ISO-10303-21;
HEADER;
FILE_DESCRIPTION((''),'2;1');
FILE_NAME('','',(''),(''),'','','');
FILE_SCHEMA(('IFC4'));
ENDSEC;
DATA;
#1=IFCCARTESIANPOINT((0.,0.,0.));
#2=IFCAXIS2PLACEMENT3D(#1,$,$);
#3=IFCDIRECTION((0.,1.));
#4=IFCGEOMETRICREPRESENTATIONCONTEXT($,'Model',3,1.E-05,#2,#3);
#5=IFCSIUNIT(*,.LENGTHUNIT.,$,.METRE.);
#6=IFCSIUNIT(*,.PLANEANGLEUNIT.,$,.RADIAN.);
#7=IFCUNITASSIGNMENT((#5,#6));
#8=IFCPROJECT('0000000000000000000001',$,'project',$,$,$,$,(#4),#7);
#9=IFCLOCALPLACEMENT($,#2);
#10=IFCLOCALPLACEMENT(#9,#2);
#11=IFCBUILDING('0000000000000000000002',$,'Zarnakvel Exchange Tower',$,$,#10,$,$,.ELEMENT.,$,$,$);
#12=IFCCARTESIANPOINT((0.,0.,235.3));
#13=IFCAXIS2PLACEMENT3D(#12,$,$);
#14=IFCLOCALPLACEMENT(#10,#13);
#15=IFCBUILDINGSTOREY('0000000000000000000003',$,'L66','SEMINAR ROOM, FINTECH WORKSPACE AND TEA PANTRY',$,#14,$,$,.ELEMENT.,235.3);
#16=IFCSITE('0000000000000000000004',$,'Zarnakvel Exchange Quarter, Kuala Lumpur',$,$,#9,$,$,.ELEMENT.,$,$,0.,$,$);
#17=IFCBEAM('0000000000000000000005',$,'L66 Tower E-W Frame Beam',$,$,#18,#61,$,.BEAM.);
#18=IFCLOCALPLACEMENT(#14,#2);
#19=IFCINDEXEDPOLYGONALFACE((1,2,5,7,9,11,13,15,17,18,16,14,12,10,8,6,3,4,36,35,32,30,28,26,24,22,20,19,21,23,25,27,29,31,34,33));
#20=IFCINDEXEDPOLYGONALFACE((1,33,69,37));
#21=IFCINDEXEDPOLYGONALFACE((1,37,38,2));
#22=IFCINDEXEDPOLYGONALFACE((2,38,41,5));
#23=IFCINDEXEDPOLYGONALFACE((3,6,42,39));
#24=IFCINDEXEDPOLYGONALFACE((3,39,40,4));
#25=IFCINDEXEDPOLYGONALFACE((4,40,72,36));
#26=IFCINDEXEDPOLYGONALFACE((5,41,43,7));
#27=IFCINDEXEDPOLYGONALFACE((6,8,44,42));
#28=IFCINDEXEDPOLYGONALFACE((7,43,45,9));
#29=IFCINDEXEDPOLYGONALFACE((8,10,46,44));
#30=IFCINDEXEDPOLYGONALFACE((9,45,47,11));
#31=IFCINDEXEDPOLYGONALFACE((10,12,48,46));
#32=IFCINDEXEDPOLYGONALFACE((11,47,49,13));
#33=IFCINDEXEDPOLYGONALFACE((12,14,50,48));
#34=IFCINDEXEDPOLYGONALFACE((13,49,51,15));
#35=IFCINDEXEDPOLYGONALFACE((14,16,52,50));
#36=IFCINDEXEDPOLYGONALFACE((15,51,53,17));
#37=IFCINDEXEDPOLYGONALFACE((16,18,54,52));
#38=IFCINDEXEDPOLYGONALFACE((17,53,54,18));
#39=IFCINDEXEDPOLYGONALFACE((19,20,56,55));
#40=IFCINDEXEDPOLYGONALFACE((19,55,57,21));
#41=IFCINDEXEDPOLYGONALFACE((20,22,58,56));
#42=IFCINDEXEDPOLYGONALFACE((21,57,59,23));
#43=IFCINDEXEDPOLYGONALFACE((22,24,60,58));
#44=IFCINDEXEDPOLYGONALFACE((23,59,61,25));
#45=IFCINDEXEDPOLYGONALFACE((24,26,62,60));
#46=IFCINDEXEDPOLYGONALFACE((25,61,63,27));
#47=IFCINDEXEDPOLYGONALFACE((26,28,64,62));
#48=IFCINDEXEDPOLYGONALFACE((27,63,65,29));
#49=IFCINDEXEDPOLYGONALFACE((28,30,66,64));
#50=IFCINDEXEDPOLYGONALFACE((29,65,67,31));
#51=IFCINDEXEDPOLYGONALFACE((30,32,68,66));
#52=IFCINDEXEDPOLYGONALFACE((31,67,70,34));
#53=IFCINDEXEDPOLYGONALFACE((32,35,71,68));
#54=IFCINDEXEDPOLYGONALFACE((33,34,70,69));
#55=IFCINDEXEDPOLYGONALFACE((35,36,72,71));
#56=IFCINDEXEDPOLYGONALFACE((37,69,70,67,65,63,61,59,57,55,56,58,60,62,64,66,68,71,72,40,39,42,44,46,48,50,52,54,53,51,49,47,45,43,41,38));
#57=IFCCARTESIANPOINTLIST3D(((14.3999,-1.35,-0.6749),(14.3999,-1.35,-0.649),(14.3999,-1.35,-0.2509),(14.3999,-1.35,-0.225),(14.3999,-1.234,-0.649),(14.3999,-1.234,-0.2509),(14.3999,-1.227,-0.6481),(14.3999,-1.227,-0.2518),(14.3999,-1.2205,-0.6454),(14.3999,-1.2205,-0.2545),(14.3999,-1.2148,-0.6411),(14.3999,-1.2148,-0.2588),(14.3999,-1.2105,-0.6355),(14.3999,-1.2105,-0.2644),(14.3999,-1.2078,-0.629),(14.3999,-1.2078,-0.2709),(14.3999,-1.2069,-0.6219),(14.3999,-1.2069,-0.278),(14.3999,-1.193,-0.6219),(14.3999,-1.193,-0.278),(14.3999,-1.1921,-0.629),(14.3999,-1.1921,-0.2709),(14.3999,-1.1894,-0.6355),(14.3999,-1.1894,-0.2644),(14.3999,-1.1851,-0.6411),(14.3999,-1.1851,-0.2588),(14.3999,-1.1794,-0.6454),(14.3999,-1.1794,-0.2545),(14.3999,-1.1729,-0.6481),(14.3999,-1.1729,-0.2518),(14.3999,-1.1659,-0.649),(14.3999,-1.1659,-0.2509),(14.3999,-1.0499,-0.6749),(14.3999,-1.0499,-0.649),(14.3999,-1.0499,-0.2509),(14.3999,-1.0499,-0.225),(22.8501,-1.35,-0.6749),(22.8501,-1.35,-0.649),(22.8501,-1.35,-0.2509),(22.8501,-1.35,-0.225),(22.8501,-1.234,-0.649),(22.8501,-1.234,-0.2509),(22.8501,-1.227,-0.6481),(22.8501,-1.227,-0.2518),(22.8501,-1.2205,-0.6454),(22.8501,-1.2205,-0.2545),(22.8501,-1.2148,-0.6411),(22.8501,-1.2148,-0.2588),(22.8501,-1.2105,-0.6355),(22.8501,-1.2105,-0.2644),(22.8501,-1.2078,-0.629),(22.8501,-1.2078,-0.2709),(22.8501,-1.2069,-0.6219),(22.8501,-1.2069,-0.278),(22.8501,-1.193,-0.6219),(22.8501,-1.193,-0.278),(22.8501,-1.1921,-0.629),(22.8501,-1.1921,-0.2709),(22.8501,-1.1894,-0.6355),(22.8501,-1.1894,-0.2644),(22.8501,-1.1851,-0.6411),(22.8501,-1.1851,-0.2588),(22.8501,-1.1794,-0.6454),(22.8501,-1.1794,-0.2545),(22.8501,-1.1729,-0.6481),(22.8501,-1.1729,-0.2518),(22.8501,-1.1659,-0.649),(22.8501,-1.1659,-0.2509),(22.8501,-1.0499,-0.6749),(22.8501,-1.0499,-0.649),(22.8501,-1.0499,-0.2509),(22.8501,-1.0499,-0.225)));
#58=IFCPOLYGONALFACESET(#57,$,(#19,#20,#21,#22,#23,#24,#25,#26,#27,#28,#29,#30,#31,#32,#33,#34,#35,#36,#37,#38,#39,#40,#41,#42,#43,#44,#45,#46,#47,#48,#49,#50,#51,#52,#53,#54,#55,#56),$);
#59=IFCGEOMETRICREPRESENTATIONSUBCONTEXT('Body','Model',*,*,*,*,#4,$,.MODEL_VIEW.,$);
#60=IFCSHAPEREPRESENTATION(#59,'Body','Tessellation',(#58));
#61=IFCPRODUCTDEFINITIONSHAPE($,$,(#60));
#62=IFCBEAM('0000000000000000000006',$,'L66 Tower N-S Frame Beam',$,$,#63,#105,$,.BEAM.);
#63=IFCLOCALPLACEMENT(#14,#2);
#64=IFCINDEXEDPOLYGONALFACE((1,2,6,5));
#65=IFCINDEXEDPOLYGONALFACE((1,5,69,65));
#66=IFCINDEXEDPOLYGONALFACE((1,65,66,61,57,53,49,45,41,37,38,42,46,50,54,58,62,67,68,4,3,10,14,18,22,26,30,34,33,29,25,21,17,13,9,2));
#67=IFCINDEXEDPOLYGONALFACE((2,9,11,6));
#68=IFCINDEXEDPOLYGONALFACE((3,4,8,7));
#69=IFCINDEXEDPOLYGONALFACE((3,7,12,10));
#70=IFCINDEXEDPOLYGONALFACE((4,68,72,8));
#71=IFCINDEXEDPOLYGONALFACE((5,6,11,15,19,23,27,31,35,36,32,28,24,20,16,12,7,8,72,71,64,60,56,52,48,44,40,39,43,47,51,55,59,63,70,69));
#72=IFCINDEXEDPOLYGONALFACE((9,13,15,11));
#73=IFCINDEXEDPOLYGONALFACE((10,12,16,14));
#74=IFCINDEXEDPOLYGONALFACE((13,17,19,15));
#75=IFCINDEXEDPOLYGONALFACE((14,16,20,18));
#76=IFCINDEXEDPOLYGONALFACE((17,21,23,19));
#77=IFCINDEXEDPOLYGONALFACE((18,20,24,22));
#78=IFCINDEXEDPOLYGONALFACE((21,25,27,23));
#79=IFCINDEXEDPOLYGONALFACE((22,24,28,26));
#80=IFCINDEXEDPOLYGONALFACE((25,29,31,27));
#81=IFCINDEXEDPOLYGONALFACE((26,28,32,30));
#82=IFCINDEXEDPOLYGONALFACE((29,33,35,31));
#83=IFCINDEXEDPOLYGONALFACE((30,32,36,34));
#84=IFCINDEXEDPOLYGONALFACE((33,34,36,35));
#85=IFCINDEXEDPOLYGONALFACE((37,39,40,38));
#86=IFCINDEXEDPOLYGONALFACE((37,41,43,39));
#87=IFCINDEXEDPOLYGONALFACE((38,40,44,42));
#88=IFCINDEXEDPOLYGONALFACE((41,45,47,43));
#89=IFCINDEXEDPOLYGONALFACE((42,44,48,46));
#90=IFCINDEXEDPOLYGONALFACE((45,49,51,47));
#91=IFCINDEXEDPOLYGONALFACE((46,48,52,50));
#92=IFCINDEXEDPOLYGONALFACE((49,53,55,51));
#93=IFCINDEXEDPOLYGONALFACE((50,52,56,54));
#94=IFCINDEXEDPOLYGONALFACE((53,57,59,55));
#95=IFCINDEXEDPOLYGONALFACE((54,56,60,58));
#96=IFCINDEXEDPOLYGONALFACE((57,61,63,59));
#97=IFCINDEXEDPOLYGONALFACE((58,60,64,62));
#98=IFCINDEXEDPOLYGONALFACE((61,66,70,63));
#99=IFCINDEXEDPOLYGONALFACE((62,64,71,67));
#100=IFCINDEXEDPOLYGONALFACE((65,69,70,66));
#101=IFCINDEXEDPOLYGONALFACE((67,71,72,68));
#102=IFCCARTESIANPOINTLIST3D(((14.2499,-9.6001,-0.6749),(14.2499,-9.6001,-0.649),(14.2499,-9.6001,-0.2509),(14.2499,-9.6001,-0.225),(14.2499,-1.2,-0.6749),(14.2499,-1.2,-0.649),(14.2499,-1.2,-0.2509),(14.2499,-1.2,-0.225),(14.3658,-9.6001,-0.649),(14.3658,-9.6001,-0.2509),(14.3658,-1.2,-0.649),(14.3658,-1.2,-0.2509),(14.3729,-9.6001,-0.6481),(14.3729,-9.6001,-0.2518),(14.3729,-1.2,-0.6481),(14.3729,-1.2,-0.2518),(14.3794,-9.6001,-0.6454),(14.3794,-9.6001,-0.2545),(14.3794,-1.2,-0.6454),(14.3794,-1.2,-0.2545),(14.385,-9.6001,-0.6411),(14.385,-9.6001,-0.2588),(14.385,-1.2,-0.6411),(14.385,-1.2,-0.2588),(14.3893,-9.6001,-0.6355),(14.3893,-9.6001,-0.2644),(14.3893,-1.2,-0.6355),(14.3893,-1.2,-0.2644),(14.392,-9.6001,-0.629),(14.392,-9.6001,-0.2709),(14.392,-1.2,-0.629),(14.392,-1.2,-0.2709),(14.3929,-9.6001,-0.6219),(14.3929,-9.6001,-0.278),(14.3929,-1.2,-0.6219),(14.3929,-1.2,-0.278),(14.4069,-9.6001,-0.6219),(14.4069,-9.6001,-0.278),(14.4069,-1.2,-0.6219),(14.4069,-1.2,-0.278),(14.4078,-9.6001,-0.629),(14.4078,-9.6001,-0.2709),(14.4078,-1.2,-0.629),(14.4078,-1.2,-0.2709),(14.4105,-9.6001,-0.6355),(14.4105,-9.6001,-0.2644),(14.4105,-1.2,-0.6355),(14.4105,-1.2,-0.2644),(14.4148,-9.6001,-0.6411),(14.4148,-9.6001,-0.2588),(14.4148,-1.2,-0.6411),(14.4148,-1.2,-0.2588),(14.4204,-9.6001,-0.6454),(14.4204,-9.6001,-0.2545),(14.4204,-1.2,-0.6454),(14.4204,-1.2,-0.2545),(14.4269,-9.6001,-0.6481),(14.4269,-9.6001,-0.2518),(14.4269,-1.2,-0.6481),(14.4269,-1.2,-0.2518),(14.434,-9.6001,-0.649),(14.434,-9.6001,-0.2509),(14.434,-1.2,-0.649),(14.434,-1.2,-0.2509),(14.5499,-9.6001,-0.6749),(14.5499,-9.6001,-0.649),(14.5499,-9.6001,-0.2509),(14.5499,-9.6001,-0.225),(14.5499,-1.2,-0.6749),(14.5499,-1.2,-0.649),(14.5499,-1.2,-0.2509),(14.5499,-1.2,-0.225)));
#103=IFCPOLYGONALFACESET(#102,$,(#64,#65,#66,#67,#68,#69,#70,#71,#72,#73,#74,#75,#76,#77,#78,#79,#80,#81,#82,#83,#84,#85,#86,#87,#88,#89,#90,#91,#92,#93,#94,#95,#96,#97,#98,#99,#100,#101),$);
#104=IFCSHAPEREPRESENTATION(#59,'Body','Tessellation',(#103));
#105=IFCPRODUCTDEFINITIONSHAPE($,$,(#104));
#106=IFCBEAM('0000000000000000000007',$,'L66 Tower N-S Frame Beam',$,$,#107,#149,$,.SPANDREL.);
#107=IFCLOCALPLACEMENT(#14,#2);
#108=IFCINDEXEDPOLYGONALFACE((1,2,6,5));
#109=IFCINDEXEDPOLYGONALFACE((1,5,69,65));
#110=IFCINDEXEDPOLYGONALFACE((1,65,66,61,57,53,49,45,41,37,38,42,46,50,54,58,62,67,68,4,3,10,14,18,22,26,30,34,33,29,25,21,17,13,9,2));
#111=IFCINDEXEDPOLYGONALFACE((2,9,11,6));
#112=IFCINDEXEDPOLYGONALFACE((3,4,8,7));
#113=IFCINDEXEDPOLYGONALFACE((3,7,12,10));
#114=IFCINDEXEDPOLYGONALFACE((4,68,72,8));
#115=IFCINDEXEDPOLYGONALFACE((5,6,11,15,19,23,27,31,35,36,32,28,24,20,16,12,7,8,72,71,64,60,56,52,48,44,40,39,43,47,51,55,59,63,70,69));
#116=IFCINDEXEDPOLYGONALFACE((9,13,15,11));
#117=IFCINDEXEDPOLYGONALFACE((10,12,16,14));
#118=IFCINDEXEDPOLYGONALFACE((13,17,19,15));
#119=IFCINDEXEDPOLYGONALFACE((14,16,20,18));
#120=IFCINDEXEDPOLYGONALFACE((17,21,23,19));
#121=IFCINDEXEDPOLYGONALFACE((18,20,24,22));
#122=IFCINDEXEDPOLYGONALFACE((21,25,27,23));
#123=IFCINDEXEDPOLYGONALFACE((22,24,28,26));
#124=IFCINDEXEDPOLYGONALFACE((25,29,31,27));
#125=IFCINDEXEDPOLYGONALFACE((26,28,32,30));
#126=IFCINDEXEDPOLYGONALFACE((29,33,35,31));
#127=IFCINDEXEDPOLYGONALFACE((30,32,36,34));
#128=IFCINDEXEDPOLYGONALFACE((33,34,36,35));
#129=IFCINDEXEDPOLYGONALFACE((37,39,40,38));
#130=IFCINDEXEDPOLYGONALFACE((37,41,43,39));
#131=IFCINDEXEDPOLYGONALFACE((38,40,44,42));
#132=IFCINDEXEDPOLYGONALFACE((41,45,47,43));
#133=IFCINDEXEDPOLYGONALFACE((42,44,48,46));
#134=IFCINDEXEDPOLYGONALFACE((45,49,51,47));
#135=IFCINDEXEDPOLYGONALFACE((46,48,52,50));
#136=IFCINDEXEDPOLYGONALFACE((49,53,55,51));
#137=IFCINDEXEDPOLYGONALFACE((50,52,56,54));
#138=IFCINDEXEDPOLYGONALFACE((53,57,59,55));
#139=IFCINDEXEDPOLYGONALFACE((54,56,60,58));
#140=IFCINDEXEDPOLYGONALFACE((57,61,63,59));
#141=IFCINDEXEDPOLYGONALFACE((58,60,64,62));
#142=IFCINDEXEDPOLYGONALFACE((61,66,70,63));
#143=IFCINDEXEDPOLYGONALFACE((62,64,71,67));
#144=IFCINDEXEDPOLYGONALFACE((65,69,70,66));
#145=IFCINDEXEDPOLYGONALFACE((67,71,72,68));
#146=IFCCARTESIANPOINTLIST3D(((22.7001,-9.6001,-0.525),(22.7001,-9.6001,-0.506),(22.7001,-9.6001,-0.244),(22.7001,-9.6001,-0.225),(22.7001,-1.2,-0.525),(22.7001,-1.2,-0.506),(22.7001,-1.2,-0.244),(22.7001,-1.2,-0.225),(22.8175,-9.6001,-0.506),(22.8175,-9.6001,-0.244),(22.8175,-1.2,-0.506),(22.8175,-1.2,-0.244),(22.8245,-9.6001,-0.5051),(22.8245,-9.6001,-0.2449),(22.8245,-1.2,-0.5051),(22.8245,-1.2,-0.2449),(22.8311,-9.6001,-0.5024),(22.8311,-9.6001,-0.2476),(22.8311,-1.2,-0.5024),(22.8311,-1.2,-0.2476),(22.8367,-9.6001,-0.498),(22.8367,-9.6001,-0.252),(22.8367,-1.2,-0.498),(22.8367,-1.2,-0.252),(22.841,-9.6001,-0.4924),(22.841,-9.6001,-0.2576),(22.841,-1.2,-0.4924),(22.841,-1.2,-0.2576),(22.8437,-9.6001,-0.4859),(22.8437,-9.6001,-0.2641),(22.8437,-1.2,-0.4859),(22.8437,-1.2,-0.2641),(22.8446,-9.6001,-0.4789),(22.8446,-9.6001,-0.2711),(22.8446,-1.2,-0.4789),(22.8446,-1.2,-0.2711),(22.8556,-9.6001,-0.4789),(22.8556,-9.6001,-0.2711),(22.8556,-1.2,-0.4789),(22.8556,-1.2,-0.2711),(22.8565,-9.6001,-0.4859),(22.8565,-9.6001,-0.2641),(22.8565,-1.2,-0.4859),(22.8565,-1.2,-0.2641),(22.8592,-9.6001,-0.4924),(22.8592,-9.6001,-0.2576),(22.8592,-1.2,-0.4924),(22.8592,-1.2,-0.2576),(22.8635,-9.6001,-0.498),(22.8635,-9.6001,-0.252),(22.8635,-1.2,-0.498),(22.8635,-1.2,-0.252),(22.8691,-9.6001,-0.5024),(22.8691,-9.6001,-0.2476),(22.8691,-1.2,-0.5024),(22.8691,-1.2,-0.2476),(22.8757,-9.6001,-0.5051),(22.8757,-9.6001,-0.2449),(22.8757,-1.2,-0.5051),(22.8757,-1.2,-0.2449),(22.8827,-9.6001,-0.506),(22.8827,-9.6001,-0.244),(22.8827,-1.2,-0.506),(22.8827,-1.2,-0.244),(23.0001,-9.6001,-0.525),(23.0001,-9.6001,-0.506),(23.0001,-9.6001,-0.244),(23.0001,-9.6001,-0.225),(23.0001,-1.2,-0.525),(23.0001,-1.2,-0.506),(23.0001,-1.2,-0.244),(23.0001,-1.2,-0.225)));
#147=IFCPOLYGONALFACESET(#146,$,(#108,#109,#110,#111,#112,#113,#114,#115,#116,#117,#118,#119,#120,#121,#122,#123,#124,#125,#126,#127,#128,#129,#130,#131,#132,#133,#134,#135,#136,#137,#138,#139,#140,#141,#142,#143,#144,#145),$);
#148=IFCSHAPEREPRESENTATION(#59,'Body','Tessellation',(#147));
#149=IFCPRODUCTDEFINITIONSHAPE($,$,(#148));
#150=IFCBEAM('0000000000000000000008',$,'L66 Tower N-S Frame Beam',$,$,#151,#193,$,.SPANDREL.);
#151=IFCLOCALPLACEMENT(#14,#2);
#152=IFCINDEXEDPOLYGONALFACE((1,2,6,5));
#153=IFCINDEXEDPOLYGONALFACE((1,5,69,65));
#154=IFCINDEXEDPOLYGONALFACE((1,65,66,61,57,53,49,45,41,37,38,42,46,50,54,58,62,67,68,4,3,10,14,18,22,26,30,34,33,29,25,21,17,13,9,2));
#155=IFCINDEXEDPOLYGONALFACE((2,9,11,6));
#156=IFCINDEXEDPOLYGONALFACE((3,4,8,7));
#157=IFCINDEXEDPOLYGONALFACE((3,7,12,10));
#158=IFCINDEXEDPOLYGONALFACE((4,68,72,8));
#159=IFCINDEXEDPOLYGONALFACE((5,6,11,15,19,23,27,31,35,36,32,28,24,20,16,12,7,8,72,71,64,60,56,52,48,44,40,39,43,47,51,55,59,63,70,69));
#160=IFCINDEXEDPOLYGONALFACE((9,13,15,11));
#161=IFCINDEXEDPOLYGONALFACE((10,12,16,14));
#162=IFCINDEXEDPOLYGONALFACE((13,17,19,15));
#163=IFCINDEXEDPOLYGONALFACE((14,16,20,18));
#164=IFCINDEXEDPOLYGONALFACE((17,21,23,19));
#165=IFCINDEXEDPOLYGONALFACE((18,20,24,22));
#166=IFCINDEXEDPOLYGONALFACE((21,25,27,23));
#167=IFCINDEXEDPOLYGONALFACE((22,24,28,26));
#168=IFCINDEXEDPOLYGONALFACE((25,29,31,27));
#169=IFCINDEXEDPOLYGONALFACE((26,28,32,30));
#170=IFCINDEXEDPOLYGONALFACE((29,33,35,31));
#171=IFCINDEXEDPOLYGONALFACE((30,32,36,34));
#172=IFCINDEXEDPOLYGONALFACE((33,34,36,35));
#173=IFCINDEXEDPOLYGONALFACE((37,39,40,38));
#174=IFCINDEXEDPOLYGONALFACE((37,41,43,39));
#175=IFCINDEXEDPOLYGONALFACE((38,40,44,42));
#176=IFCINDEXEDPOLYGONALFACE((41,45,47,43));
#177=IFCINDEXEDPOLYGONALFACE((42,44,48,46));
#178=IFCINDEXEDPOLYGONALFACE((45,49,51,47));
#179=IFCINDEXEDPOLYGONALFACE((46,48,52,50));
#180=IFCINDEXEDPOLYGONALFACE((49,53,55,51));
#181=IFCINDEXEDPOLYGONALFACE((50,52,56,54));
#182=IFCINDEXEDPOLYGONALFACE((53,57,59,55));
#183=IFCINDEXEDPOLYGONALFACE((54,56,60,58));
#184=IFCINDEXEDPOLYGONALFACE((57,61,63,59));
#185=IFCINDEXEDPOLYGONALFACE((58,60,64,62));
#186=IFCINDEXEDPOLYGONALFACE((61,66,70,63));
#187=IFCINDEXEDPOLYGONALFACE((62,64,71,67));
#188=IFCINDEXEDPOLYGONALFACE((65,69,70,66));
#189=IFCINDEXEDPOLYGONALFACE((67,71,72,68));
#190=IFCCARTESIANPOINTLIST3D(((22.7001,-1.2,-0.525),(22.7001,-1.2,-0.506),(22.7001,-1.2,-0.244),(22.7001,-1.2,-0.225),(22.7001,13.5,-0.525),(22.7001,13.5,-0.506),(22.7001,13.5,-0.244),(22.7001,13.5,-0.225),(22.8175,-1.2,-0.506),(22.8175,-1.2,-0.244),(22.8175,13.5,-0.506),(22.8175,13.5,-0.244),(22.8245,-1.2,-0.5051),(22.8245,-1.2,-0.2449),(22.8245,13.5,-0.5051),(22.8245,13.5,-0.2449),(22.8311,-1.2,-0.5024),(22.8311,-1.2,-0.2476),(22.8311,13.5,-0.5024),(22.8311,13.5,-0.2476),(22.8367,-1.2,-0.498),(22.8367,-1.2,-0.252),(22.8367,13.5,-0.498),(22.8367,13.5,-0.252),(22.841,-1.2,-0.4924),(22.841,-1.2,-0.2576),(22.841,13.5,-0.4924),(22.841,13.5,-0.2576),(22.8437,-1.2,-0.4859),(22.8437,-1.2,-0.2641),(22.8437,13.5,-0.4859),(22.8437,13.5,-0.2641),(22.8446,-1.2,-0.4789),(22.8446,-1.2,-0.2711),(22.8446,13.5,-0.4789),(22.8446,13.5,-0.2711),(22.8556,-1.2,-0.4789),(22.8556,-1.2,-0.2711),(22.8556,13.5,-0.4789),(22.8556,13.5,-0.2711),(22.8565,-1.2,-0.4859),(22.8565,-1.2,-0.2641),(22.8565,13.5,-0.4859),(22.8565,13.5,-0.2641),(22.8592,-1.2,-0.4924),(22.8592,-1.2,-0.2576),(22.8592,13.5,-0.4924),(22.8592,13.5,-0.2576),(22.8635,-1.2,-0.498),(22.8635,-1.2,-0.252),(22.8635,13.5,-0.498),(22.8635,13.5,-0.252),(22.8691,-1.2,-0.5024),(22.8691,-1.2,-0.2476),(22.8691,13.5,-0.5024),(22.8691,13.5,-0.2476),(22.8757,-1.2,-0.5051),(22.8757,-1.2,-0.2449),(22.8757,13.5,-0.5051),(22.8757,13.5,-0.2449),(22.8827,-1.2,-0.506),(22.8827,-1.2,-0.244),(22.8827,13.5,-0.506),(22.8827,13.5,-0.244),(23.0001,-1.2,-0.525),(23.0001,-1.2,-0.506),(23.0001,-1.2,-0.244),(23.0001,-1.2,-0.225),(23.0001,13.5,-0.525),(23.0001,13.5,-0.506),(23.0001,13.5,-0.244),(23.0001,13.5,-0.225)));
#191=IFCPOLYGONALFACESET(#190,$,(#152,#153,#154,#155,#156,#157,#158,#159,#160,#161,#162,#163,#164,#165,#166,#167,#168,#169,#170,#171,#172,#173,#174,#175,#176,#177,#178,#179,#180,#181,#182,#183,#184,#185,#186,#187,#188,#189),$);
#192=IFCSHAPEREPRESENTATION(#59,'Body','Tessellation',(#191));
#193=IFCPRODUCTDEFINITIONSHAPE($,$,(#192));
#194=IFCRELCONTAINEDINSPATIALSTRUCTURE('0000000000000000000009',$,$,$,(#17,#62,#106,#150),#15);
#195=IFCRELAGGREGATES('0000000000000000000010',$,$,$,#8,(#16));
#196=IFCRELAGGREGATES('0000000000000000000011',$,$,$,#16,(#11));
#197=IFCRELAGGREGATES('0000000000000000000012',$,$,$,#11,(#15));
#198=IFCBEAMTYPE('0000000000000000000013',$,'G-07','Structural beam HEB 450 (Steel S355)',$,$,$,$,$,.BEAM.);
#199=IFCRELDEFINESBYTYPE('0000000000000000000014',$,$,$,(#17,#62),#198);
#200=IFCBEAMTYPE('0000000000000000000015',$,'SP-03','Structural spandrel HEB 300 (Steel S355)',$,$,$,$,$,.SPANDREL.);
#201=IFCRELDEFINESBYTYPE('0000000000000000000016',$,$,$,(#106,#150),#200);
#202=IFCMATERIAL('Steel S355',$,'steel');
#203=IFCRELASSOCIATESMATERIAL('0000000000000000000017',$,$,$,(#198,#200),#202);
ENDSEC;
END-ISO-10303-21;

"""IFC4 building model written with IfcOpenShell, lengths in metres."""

from ifc_helpers import new_model, si_unit, direction, frame, origin, origin_2d, place, context, subcontext, project, spatial, i_section, extrude, material, material_profile, profile_set, type_object, element, save


model = new_model("IFC4")

# Units and contexts
model_context = context("Model", 3, precision=1e-05, world=origin(), true_north=direction((0.0, 1.0)))
body_context = subcontext(model_context, "Body", "Model", "MODEL_VIEW")
ifc_project = project(units=[si_unit("LENGTHUNIT", "METRE"), si_unit("PLANEANGLEUNIT", "RADIAN")], contexts=[model_context])

# Site, building, storey
site_placement = place(None, origin())
site = spatial("IfcSite", under=ifc_project, at=site_placement, Name="Zarnakvel Exchange Quarter, Kuala Lumpur", CompositionType="ELEMENT", RefElevation=0.0)
building_placement = place(site_placement, origin())
building = spatial("IfcBuilding", under=site, at=building_placement, Name="Zarnakvel Exchange Tower", CompositionType="ELEMENT")
storey_placement = place(building_placement, frame((0.0, 0.0, 235.3)))
storey = spatial("IfcBuildingStorey", under=building, at=storey_placement, Name="L66", Description="SEMINAR ROOM, FINTECH WORKSPACE AND TEA PANTRY", CompositionType="ELEMENT", Elevation=235.3)

# Shared definitions
ifc_material_1 = material(Name="Steel S355", Category="steel")

# Beams
ifc_material_profile_1 = material_profile(ifc_material_1, i_section(OverallWidth=0.3, OverallDepth=0.45, WebThickness=0.0139, FlangeThickness=0.0259, FilletRadius=0.0271, at=origin_2d()))
ifc_profile_set_1 = profile_set([ifc_material_profile_1], Name="Steel S355")
beam_type_1 = type_object("IfcBeamType", Name="G-07", Description="Structural beam HEB 450 (Steel S355)", PredefinedType="BEAM", material=ifc_profile_set_1)
beam_1_placement = place(storey_placement, frame((14.3999, -1.2, -0.45), z_axis=(1.0, 0.0, 0.0), x_axis=(0.0, 1.0, 0.0)))
element("IfcBeam", 1, at=beam_1_placement, inside=storey, type_object=beam_type_1, Name="L66 Tower E-W Frame Beam", PredefinedType="BEAM", context=body_context, shape_type="SweptSolid", body=[
    extrude(i_section(OverallWidth=0.3, OverallDepth=0.45, WebThickness=0.0139, FlangeThickness=0.0259, FilletRadius=0.0271, at=origin_2d()), origin(), (0.0, 0.0, 1.0), 8.4502),
])
beam_2_placement = place(storey_placement, frame((14.3999, -9.6001, -0.45), z_axis=(0.0, 1.0, 0.0), x_axis=(-1.0, 0.0, 0.0)))
element("IfcBeam", 2, at=beam_2_placement, inside=storey, type_object=beam_type_1, Name="L66 Tower N-S Frame Beam", PredefinedType="BEAM", context=body_context, shape_type="SweptSolid", body=[
    extrude(i_section(OverallWidth=0.3, OverallDepth=0.45, WebThickness=0.0139, FlangeThickness=0.0259, FilletRadius=0.0271, at=origin_2d()), origin(), (0.0, 0.0, 1.0), 8.4001),
])
ifc_material_profile_2 = material_profile(ifc_material_1, i_section(OverallWidth=0.3, OverallDepth=0.3, WebThickness=0.011, FlangeThickness=0.019, FilletRadius=0.0271, at=origin_2d()))
ifc_profile_set_2 = profile_set([ifc_material_profile_2], Name="Steel S355")
beam_type_2 = type_object("IfcBeamType", Name="SP-03", Description="Structural spandrel HEB 300 (Steel S355)", PredefinedType="SPANDREL", material=ifc_profile_set_2)
beam_3_placement = place(storey_placement, frame((22.8501, -9.6001, -0.375), z_axis=(0.0, 1.0, 0.0), x_axis=(-1.0, 0.0, 0.0)))
element("IfcBeam", 3, at=beam_3_placement, inside=storey, type_object=beam_type_2, Name="L66 Tower N-S Frame Beam", PredefinedType="SPANDREL", context=body_context, shape_type="SweptSolid", body=[
    extrude(i_section(OverallWidth=0.3, OverallDepth=0.3, WebThickness=0.011, FlangeThickness=0.019, FilletRadius=0.0271, at=origin_2d()), origin(), (0.0, 0.0, 1.0), 8.4001),
])
beam_4_placement = place(storey_placement, frame((22.8501, -1.2, -0.375), z_axis=(0.0, 1.0, 0.0), x_axis=(-1.0, 0.0, 0.0)))
element("IfcBeam", 4, at=beam_4_placement, inside=storey, type_object=beam_type_2, Name="L66 Tower N-S Frame Beam", PredefinedType="SPANDREL", context=body_context, shape_type="SweptSolid", body=[
    extrude(i_section(OverallWidth=0.3, OverallDepth=0.3, WebThickness=0.011, FlangeThickness=0.019, FilletRadius=0.0271, at=origin_2d()), origin(), (0.0, 0.0, 1.0), 14.7),
])

save(model, "model.ifc")
